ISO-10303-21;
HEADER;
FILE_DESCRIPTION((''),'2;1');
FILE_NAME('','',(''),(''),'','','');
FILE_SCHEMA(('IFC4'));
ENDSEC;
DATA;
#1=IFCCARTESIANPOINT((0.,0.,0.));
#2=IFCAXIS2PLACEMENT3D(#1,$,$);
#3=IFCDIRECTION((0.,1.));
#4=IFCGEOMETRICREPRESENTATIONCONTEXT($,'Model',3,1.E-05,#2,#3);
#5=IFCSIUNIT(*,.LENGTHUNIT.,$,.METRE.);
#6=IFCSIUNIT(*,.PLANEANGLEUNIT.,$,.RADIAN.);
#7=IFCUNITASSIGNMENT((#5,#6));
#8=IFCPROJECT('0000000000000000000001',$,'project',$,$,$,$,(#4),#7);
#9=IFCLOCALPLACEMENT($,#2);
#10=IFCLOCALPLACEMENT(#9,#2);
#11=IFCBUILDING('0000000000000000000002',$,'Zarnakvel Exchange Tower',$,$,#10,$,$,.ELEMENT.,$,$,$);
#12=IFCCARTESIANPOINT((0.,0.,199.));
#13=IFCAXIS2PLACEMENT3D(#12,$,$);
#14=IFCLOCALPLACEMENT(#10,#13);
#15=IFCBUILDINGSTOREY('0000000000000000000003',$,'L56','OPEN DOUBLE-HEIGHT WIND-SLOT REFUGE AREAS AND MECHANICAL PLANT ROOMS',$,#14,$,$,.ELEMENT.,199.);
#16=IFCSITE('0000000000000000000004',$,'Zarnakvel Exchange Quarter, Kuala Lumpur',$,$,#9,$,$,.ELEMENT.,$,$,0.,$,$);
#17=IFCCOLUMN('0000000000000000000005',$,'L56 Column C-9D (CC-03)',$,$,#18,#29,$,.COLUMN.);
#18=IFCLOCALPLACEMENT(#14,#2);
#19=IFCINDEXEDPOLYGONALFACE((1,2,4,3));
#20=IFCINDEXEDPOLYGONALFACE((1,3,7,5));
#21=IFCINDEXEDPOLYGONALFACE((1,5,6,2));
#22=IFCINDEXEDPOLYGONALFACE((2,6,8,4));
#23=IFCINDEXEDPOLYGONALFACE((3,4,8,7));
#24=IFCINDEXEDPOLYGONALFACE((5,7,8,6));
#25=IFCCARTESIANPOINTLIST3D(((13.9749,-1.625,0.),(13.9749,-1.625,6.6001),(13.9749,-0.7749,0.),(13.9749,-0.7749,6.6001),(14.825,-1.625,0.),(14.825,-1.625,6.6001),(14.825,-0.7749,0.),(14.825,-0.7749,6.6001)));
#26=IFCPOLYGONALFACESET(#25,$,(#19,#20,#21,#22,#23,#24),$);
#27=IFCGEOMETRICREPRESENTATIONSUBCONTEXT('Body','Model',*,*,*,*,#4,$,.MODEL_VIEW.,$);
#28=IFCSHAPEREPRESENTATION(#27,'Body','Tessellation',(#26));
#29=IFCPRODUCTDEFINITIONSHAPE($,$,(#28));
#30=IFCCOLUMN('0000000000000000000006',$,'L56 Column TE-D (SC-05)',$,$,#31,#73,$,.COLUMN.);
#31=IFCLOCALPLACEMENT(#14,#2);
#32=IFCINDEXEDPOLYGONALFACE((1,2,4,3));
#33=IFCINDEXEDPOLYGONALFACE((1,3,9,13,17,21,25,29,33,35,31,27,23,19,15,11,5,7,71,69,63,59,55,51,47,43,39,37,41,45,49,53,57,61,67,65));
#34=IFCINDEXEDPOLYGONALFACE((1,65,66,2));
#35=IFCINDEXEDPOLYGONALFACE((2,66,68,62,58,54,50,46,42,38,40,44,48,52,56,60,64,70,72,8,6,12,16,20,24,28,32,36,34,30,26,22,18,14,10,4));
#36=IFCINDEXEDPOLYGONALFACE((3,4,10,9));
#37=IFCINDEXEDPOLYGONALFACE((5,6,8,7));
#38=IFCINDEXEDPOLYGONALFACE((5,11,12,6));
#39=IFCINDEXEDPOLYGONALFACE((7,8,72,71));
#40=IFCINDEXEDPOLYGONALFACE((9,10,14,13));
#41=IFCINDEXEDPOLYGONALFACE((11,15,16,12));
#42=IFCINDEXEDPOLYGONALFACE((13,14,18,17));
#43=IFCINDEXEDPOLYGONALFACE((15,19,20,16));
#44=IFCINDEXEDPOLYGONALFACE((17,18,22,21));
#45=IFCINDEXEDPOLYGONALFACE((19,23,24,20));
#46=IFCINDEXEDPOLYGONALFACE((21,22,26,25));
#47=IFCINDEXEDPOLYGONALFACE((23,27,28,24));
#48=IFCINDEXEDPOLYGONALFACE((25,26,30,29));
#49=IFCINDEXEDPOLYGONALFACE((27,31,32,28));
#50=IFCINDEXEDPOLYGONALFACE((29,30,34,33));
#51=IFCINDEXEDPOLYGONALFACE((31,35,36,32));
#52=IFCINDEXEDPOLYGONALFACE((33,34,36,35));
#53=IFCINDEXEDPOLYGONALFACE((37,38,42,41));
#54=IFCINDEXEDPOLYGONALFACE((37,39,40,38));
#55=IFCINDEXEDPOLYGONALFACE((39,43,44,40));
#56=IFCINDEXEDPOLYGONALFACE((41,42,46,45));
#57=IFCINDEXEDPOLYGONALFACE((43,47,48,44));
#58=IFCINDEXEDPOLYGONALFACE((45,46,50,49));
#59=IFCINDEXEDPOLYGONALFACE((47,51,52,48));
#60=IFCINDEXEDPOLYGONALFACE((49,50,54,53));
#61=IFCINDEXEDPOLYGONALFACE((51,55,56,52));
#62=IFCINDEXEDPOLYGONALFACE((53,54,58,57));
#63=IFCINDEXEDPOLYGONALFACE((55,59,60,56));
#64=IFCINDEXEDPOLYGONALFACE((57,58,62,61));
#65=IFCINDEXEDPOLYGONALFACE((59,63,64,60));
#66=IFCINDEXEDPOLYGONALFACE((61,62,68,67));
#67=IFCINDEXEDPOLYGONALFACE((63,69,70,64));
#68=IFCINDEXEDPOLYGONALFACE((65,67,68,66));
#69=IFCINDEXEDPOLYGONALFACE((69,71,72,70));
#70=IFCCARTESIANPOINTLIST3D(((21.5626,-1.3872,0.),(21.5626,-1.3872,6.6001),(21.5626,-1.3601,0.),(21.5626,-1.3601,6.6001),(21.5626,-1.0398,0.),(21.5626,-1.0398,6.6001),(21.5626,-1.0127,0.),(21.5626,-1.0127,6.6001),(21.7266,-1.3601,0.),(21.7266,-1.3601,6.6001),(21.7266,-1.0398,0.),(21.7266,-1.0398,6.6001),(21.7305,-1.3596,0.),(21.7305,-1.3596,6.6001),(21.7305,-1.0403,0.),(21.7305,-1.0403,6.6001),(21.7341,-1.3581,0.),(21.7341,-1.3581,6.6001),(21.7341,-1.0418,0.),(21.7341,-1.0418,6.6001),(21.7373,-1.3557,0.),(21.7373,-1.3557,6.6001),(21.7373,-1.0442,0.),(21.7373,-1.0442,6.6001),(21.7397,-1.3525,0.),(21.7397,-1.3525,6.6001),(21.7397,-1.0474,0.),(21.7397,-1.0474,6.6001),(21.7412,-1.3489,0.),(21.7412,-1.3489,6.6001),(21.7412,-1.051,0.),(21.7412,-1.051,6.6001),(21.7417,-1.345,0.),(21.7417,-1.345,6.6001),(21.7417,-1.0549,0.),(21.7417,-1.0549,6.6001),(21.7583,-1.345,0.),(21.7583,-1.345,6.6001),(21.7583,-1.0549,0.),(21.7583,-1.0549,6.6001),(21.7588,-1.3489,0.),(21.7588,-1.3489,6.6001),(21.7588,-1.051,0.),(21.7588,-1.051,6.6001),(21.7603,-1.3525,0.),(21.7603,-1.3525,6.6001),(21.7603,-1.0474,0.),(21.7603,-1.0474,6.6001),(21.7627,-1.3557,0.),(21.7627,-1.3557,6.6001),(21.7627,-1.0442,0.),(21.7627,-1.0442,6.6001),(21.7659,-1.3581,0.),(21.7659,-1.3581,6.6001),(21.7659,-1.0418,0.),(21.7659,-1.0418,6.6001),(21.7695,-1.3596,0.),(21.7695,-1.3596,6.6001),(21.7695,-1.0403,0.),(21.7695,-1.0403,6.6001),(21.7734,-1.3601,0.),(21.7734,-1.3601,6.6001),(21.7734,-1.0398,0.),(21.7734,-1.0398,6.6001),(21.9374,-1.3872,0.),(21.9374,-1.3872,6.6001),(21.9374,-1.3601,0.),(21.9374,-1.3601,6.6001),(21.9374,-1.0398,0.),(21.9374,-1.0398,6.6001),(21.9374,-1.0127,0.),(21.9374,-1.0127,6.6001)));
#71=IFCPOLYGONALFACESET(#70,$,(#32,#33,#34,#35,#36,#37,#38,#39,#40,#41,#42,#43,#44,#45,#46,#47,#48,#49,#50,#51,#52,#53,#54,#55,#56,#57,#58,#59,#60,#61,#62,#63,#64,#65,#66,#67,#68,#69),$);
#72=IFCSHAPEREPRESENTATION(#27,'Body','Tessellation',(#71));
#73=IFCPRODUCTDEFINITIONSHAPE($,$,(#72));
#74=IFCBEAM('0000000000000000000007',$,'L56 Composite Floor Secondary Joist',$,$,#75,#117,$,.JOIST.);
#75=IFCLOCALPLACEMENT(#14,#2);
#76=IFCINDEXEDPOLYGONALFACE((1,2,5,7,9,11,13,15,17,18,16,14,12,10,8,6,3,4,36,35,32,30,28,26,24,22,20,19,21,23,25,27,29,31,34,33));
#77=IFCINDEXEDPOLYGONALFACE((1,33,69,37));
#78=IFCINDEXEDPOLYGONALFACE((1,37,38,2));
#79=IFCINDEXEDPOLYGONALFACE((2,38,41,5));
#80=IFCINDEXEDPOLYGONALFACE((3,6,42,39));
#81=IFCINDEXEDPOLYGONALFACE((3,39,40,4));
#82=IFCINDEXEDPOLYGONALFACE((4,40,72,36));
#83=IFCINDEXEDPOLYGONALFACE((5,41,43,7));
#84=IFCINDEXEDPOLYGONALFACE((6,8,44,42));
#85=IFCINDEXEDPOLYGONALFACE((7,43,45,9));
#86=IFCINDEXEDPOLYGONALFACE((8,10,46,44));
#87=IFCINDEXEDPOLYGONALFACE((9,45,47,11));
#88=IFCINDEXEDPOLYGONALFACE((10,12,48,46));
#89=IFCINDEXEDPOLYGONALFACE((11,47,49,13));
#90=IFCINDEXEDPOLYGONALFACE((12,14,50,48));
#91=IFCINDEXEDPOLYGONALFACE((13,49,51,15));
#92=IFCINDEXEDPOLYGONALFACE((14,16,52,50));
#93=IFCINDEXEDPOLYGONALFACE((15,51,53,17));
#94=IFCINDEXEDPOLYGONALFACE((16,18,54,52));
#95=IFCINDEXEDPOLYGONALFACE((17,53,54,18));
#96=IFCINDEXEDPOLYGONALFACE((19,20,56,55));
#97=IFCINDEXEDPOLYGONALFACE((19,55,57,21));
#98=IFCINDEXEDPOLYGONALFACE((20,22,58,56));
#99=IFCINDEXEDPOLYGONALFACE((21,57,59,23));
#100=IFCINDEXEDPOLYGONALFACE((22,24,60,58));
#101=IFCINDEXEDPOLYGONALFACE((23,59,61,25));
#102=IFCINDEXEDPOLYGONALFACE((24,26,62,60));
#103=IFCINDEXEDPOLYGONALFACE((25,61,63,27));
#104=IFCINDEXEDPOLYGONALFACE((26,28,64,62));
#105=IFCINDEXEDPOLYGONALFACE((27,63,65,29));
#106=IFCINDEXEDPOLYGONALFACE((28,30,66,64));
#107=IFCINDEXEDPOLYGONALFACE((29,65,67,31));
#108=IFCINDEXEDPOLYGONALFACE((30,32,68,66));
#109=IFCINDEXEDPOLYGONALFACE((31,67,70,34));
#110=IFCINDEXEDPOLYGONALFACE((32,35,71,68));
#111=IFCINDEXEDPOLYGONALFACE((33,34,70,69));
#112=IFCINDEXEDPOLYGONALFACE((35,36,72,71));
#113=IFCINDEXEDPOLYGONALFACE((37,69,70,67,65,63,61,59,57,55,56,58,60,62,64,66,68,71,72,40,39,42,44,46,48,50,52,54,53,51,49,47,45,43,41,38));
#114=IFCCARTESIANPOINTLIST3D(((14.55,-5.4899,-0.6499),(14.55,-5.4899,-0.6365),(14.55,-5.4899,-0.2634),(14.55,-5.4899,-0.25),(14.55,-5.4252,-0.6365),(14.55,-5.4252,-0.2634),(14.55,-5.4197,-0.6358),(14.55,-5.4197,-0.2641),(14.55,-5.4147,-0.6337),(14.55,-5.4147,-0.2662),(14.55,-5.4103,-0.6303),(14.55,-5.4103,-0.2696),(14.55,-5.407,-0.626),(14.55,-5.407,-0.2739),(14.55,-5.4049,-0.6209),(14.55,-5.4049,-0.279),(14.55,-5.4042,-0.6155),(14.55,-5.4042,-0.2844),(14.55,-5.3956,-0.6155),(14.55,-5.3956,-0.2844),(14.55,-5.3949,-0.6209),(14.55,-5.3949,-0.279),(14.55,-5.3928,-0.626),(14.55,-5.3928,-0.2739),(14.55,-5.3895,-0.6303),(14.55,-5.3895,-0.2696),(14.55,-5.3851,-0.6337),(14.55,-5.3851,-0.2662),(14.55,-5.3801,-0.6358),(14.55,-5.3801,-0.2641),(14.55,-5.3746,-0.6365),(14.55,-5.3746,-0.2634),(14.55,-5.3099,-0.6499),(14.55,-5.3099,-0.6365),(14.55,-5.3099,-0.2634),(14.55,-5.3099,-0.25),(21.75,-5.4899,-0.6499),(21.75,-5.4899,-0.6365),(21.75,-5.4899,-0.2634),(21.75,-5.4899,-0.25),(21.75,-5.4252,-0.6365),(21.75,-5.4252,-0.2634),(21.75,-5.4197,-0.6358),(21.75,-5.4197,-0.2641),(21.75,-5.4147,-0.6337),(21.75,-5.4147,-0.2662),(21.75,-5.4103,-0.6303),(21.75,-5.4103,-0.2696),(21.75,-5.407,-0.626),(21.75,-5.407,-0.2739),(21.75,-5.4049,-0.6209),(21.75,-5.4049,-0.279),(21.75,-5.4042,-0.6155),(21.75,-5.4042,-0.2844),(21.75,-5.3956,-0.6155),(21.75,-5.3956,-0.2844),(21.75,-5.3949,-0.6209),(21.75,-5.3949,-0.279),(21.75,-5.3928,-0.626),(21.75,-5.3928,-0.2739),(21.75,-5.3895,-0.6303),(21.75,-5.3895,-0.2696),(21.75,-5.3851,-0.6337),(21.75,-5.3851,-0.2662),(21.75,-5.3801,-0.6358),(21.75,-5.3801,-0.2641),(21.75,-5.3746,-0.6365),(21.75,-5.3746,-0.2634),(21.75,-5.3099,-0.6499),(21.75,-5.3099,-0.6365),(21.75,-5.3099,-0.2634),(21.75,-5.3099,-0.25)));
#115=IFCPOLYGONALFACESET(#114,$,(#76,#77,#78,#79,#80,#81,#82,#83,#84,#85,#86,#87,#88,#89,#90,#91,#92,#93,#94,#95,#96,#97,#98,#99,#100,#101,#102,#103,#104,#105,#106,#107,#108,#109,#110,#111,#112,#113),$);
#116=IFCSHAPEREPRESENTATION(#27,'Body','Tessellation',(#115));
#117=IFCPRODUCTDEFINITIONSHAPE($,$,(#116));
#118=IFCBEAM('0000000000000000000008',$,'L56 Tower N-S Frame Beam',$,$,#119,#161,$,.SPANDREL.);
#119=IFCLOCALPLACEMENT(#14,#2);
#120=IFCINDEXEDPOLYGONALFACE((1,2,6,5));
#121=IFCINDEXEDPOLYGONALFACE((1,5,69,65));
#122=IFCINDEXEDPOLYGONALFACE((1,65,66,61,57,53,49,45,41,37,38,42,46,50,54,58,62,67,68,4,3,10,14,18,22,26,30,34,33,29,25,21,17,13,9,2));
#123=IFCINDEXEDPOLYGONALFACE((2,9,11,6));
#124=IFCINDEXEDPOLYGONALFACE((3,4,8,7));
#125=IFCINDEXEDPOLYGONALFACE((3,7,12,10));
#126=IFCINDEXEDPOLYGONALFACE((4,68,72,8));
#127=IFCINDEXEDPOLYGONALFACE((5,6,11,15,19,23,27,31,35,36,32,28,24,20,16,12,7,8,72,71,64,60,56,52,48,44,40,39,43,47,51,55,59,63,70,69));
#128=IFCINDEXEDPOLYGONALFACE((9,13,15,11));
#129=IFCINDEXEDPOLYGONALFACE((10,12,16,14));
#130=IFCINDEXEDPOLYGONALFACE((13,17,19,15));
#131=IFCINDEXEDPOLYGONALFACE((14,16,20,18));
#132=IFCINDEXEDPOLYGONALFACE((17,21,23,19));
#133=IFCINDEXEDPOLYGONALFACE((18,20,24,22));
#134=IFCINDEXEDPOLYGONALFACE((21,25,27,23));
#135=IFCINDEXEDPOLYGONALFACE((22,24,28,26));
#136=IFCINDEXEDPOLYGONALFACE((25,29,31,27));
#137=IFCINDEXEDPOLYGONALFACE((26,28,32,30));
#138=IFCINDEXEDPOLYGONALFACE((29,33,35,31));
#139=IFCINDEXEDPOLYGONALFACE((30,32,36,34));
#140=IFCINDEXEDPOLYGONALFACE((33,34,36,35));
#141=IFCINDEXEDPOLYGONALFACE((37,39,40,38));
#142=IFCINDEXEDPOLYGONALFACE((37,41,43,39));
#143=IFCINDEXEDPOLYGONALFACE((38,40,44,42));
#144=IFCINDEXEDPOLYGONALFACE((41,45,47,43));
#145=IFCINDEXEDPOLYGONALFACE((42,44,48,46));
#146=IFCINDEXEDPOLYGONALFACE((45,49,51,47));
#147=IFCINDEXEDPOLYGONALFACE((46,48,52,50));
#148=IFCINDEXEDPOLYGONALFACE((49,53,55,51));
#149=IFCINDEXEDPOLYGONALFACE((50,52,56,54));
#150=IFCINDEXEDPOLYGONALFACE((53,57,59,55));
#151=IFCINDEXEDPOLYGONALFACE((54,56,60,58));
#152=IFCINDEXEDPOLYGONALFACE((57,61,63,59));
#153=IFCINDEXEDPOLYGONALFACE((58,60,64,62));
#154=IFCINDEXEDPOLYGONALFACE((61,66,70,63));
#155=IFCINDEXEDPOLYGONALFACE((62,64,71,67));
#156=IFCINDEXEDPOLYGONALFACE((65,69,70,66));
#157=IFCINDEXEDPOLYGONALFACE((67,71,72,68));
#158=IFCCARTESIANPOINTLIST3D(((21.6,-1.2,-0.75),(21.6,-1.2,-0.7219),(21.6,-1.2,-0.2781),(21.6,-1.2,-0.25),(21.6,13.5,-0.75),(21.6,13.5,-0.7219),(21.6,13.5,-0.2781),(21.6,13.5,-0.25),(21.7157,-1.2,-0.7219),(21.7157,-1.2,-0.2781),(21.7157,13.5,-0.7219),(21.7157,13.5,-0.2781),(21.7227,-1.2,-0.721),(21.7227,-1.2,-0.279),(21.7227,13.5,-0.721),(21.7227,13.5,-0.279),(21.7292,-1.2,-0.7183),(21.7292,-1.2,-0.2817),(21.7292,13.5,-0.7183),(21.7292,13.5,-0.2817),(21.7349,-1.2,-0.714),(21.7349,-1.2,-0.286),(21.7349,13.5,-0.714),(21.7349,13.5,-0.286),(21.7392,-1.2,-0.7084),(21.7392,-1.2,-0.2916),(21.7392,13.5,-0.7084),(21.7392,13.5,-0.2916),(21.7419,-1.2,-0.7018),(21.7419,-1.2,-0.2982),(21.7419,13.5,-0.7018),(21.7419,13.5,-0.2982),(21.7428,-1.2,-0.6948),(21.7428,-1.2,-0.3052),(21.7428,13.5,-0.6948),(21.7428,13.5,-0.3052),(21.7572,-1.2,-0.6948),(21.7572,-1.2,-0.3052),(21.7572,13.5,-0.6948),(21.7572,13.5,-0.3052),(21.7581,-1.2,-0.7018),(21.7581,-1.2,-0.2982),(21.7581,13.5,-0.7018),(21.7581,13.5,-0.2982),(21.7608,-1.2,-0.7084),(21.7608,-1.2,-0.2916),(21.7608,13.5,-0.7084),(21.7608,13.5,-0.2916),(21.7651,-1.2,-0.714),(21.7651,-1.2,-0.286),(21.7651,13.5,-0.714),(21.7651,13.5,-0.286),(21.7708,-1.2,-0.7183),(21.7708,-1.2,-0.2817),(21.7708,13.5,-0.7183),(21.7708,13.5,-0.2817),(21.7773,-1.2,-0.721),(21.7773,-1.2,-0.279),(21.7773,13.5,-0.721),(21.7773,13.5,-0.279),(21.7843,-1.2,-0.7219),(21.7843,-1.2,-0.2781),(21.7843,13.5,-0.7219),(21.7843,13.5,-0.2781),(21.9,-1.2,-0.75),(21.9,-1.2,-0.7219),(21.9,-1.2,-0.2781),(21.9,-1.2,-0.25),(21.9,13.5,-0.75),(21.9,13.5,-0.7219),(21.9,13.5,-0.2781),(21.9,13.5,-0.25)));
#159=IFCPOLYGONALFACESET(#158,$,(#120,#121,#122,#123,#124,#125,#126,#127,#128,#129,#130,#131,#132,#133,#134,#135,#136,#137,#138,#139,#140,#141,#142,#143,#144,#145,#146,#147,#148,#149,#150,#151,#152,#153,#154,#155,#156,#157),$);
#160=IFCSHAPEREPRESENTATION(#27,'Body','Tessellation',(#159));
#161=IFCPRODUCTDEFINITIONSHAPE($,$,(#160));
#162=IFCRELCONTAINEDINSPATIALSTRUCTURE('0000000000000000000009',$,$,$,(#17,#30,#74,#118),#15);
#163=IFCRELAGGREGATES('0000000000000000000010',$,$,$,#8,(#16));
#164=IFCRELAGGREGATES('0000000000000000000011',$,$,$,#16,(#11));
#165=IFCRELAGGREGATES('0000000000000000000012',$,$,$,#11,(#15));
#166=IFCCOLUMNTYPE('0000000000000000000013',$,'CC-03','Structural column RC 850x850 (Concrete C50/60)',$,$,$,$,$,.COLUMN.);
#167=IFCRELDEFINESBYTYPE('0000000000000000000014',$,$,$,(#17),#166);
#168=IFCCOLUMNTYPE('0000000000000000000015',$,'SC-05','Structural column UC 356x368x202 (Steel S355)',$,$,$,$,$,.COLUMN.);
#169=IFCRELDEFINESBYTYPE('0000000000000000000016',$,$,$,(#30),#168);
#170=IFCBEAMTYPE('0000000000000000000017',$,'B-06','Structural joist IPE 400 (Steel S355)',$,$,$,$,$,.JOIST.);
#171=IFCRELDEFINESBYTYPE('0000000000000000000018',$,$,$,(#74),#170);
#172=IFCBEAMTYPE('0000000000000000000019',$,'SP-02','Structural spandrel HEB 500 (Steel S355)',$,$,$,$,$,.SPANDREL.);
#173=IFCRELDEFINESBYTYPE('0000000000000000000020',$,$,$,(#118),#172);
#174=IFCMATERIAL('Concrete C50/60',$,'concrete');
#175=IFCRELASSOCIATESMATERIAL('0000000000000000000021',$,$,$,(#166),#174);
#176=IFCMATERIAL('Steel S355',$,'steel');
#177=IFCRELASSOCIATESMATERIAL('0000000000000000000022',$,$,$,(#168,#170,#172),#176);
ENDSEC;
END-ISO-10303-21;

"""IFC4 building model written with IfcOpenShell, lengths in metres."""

from ifc_helpers import new_model, si_unit, direction, frame, origin, origin_2d, place, context, subcontext, project, spatial, rectangle, i_section, extrude, material, material_profile, profile_set, type_object, element, save


model = new_model("IFC4")

# Units and contexts
model_context = context("Model", 3, precision=1e-05, world=origin(), true_north=direction((0.0, 1.0)))
body_context = subcontext(model_context, "Body", "Model", "MODEL_VIEW")
ifc_project = project(units=[si_unit("LENGTHUNIT", "METRE"), si_unit("PLANEANGLEUNIT", "RADIAN")], contexts=[model_context])

# Site, building, storey
site_placement = place(None, origin())
site = spatial("IfcSite", under=ifc_project, at=site_placement, Name="Zarnakvel Exchange Quarter, Kuala Lumpur", CompositionType="ELEMENT", RefElevation=0.0)
building_placement = place(site_placement, origin())
building = spatial("IfcBuilding", under=site, at=building_placement, Name="Zarnakvel Exchange Tower", CompositionType="ELEMENT")
storey_placement = place(building_placement, frame((0.0, 0.0, 199.0)))
storey = spatial("IfcBuildingStorey", under=building, at=storey_placement, Name="L56", Description="OPEN DOUBLE-HEIGHT WIND-SLOT REFUGE AREAS AND MECHANICAL PLANT ROOMS", CompositionType="ELEMENT", Elevation=199.0)

# Columns
ifc_material_1 = material(Name="Concrete C50/60", Category="concrete")
ifc_material_profile_1 = material_profile(ifc_material_1, rectangle(XDim=0.8501, YDim=0.8501, at=origin_2d()))
ifc_profile_set_1 = profile_set([ifc_material_profile_1], Name="Concrete C50/60")
column_type_1 = type_object("IfcColumnType", Name="CC-03", Description="Structural column RC 850x850 (Concrete C50/60)", PredefinedType="COLUMN", material=ifc_profile_set_1)
column_1_placement = place(storey_placement, frame((14.3999, -1.2, 0.0), z_axis=(0.0, 0.0, 1.0), x_axis=(1.0, 0.0, 0.0)))
element("IfcColumn", 1, at=column_1_placement, inside=storey, type_object=column_type_1, Name="L56 Column C-9D (CC-03)", PredefinedType="COLUMN", context=body_context, shape_type="SweptSolid", body=[
    extrude(rectangle(XDim=0.8501, YDim=0.8501, at=origin_2d()), origin(), (0.0, 0.0, 1.0), 6.6001),
])
ifc_material_2 = material(Name="Steel S355", Category="steel")
ifc_material_profile_2 = material_profile(ifc_material_2, i_section(OverallWidth=0.3748, OverallDepth=0.3745, WebThickness=0.0166, FlangeThickness=0.0271, FilletRadius=0.0151, at=origin_2d()))
ifc_profile_set_2 = profile_set([ifc_material_profile_2], Name="Steel S355")
column_type_2 = type_object("IfcColumnType", Name="SC-05", Description="Structural column UC 356x368x202 (Steel S355)", PredefinedType="COLUMN", material=ifc_profile_set_2)
column_2_placement = place(storey_placement, frame((21.75, -1.2, 0.0), z_axis=(0.0, 0.0, 1.0), x_axis=(1.0, 0.0, 0.0)))
element("IfcColumn", 2, at=column_2_placement, inside=storey, type_object=column_type_2, Name="L56 Column TE-D (SC-05)", PredefinedType="COLUMN", context=body_context, shape_type="SweptSolid", body=[
    extrude(i_section(OverallWidth=0.3748, OverallDepth=0.3745, WebThickness=0.0166, FlangeThickness=0.0271, FilletRadius=0.0151, at=origin_2d()), origin(), (0.0, 0.0, 1.0), 6.6001),
])

# Beams
ifc_material_profile_3 = material_profile(ifc_material_2, i_section(OverallWidth=0.1799, OverallDepth=0.3999, WebThickness=0.0085, FlangeThickness=0.0134, FilletRadius=0.021, at=origin_2d()))
ifc_profile_set_3 = profile_set([ifc_material_profile_3], Name="Steel S355")
beam_type_1 = type_object("IfcBeamType", Name="B-06", Description="Structural joist IPE 400 (Steel S355)", PredefinedType="JOIST", material=ifc_profile_set_3)
beam_1_placement = place(storey_placement, frame((14.55, -5.3999, -0.45), z_axis=(1.0, 0.0, 0.0), x_axis=(0.0, 1.0, 0.0)))
element("IfcBeam", 3, at=beam_1_placement, inside=storey, type_object=beam_type_1, Name="L56 Composite Floor Secondary Joist", PredefinedType="JOIST", context=body_context, shape_type="SweptSolid", body=[
    extrude(i_section(OverallWidth=0.1799, OverallDepth=0.3999, WebThickness=0.0085, FlangeThickness=0.0134, FilletRadius=0.021, at=origin_2d()), origin(), (0.0, 0.0, 1.0), 7.2),
])
ifc_material_profile_4 = material_profile(ifc_material_2, i_section(OverallWidth=0.3, OverallDepth=0.5, WebThickness=0.0144, FlangeThickness=0.0281, FilletRadius=0.0271, at=origin_2d()))
ifc_profile_set_4 = profile_set([ifc_material_profile_4], Name="Steel S355")
beam_type_2 = type_object("IfcBeamType", Name="SP-02", Description="Structural spandrel HEB 500 (Steel S355)", PredefinedType="SPANDREL", material=ifc_profile_set_4)
beam_2_placement = place(storey_placement, frame((21.75, -1.2, -0.5), z_axis=(0.0, 1.0, 0.0), x_axis=(-1.0, 0.0, 0.0)))
element("IfcBeam", 4, at=beam_2_placement, inside=storey, type_object=beam_type_2, Name="L56 Tower N-S Frame Beam", PredefinedType="SPANDREL", context=body_context, shape_type="SweptSolid", body=[
    extrude(i_section(OverallWidth=0.3, OverallDepth=0.5, WebThickness=0.0144, FlangeThickness=0.0281, FilletRadius=0.0271, at=origin_2d()), origin(), (0.0, 0.0, 1.0), 14.7),
])

save(model, "model.ifc")
